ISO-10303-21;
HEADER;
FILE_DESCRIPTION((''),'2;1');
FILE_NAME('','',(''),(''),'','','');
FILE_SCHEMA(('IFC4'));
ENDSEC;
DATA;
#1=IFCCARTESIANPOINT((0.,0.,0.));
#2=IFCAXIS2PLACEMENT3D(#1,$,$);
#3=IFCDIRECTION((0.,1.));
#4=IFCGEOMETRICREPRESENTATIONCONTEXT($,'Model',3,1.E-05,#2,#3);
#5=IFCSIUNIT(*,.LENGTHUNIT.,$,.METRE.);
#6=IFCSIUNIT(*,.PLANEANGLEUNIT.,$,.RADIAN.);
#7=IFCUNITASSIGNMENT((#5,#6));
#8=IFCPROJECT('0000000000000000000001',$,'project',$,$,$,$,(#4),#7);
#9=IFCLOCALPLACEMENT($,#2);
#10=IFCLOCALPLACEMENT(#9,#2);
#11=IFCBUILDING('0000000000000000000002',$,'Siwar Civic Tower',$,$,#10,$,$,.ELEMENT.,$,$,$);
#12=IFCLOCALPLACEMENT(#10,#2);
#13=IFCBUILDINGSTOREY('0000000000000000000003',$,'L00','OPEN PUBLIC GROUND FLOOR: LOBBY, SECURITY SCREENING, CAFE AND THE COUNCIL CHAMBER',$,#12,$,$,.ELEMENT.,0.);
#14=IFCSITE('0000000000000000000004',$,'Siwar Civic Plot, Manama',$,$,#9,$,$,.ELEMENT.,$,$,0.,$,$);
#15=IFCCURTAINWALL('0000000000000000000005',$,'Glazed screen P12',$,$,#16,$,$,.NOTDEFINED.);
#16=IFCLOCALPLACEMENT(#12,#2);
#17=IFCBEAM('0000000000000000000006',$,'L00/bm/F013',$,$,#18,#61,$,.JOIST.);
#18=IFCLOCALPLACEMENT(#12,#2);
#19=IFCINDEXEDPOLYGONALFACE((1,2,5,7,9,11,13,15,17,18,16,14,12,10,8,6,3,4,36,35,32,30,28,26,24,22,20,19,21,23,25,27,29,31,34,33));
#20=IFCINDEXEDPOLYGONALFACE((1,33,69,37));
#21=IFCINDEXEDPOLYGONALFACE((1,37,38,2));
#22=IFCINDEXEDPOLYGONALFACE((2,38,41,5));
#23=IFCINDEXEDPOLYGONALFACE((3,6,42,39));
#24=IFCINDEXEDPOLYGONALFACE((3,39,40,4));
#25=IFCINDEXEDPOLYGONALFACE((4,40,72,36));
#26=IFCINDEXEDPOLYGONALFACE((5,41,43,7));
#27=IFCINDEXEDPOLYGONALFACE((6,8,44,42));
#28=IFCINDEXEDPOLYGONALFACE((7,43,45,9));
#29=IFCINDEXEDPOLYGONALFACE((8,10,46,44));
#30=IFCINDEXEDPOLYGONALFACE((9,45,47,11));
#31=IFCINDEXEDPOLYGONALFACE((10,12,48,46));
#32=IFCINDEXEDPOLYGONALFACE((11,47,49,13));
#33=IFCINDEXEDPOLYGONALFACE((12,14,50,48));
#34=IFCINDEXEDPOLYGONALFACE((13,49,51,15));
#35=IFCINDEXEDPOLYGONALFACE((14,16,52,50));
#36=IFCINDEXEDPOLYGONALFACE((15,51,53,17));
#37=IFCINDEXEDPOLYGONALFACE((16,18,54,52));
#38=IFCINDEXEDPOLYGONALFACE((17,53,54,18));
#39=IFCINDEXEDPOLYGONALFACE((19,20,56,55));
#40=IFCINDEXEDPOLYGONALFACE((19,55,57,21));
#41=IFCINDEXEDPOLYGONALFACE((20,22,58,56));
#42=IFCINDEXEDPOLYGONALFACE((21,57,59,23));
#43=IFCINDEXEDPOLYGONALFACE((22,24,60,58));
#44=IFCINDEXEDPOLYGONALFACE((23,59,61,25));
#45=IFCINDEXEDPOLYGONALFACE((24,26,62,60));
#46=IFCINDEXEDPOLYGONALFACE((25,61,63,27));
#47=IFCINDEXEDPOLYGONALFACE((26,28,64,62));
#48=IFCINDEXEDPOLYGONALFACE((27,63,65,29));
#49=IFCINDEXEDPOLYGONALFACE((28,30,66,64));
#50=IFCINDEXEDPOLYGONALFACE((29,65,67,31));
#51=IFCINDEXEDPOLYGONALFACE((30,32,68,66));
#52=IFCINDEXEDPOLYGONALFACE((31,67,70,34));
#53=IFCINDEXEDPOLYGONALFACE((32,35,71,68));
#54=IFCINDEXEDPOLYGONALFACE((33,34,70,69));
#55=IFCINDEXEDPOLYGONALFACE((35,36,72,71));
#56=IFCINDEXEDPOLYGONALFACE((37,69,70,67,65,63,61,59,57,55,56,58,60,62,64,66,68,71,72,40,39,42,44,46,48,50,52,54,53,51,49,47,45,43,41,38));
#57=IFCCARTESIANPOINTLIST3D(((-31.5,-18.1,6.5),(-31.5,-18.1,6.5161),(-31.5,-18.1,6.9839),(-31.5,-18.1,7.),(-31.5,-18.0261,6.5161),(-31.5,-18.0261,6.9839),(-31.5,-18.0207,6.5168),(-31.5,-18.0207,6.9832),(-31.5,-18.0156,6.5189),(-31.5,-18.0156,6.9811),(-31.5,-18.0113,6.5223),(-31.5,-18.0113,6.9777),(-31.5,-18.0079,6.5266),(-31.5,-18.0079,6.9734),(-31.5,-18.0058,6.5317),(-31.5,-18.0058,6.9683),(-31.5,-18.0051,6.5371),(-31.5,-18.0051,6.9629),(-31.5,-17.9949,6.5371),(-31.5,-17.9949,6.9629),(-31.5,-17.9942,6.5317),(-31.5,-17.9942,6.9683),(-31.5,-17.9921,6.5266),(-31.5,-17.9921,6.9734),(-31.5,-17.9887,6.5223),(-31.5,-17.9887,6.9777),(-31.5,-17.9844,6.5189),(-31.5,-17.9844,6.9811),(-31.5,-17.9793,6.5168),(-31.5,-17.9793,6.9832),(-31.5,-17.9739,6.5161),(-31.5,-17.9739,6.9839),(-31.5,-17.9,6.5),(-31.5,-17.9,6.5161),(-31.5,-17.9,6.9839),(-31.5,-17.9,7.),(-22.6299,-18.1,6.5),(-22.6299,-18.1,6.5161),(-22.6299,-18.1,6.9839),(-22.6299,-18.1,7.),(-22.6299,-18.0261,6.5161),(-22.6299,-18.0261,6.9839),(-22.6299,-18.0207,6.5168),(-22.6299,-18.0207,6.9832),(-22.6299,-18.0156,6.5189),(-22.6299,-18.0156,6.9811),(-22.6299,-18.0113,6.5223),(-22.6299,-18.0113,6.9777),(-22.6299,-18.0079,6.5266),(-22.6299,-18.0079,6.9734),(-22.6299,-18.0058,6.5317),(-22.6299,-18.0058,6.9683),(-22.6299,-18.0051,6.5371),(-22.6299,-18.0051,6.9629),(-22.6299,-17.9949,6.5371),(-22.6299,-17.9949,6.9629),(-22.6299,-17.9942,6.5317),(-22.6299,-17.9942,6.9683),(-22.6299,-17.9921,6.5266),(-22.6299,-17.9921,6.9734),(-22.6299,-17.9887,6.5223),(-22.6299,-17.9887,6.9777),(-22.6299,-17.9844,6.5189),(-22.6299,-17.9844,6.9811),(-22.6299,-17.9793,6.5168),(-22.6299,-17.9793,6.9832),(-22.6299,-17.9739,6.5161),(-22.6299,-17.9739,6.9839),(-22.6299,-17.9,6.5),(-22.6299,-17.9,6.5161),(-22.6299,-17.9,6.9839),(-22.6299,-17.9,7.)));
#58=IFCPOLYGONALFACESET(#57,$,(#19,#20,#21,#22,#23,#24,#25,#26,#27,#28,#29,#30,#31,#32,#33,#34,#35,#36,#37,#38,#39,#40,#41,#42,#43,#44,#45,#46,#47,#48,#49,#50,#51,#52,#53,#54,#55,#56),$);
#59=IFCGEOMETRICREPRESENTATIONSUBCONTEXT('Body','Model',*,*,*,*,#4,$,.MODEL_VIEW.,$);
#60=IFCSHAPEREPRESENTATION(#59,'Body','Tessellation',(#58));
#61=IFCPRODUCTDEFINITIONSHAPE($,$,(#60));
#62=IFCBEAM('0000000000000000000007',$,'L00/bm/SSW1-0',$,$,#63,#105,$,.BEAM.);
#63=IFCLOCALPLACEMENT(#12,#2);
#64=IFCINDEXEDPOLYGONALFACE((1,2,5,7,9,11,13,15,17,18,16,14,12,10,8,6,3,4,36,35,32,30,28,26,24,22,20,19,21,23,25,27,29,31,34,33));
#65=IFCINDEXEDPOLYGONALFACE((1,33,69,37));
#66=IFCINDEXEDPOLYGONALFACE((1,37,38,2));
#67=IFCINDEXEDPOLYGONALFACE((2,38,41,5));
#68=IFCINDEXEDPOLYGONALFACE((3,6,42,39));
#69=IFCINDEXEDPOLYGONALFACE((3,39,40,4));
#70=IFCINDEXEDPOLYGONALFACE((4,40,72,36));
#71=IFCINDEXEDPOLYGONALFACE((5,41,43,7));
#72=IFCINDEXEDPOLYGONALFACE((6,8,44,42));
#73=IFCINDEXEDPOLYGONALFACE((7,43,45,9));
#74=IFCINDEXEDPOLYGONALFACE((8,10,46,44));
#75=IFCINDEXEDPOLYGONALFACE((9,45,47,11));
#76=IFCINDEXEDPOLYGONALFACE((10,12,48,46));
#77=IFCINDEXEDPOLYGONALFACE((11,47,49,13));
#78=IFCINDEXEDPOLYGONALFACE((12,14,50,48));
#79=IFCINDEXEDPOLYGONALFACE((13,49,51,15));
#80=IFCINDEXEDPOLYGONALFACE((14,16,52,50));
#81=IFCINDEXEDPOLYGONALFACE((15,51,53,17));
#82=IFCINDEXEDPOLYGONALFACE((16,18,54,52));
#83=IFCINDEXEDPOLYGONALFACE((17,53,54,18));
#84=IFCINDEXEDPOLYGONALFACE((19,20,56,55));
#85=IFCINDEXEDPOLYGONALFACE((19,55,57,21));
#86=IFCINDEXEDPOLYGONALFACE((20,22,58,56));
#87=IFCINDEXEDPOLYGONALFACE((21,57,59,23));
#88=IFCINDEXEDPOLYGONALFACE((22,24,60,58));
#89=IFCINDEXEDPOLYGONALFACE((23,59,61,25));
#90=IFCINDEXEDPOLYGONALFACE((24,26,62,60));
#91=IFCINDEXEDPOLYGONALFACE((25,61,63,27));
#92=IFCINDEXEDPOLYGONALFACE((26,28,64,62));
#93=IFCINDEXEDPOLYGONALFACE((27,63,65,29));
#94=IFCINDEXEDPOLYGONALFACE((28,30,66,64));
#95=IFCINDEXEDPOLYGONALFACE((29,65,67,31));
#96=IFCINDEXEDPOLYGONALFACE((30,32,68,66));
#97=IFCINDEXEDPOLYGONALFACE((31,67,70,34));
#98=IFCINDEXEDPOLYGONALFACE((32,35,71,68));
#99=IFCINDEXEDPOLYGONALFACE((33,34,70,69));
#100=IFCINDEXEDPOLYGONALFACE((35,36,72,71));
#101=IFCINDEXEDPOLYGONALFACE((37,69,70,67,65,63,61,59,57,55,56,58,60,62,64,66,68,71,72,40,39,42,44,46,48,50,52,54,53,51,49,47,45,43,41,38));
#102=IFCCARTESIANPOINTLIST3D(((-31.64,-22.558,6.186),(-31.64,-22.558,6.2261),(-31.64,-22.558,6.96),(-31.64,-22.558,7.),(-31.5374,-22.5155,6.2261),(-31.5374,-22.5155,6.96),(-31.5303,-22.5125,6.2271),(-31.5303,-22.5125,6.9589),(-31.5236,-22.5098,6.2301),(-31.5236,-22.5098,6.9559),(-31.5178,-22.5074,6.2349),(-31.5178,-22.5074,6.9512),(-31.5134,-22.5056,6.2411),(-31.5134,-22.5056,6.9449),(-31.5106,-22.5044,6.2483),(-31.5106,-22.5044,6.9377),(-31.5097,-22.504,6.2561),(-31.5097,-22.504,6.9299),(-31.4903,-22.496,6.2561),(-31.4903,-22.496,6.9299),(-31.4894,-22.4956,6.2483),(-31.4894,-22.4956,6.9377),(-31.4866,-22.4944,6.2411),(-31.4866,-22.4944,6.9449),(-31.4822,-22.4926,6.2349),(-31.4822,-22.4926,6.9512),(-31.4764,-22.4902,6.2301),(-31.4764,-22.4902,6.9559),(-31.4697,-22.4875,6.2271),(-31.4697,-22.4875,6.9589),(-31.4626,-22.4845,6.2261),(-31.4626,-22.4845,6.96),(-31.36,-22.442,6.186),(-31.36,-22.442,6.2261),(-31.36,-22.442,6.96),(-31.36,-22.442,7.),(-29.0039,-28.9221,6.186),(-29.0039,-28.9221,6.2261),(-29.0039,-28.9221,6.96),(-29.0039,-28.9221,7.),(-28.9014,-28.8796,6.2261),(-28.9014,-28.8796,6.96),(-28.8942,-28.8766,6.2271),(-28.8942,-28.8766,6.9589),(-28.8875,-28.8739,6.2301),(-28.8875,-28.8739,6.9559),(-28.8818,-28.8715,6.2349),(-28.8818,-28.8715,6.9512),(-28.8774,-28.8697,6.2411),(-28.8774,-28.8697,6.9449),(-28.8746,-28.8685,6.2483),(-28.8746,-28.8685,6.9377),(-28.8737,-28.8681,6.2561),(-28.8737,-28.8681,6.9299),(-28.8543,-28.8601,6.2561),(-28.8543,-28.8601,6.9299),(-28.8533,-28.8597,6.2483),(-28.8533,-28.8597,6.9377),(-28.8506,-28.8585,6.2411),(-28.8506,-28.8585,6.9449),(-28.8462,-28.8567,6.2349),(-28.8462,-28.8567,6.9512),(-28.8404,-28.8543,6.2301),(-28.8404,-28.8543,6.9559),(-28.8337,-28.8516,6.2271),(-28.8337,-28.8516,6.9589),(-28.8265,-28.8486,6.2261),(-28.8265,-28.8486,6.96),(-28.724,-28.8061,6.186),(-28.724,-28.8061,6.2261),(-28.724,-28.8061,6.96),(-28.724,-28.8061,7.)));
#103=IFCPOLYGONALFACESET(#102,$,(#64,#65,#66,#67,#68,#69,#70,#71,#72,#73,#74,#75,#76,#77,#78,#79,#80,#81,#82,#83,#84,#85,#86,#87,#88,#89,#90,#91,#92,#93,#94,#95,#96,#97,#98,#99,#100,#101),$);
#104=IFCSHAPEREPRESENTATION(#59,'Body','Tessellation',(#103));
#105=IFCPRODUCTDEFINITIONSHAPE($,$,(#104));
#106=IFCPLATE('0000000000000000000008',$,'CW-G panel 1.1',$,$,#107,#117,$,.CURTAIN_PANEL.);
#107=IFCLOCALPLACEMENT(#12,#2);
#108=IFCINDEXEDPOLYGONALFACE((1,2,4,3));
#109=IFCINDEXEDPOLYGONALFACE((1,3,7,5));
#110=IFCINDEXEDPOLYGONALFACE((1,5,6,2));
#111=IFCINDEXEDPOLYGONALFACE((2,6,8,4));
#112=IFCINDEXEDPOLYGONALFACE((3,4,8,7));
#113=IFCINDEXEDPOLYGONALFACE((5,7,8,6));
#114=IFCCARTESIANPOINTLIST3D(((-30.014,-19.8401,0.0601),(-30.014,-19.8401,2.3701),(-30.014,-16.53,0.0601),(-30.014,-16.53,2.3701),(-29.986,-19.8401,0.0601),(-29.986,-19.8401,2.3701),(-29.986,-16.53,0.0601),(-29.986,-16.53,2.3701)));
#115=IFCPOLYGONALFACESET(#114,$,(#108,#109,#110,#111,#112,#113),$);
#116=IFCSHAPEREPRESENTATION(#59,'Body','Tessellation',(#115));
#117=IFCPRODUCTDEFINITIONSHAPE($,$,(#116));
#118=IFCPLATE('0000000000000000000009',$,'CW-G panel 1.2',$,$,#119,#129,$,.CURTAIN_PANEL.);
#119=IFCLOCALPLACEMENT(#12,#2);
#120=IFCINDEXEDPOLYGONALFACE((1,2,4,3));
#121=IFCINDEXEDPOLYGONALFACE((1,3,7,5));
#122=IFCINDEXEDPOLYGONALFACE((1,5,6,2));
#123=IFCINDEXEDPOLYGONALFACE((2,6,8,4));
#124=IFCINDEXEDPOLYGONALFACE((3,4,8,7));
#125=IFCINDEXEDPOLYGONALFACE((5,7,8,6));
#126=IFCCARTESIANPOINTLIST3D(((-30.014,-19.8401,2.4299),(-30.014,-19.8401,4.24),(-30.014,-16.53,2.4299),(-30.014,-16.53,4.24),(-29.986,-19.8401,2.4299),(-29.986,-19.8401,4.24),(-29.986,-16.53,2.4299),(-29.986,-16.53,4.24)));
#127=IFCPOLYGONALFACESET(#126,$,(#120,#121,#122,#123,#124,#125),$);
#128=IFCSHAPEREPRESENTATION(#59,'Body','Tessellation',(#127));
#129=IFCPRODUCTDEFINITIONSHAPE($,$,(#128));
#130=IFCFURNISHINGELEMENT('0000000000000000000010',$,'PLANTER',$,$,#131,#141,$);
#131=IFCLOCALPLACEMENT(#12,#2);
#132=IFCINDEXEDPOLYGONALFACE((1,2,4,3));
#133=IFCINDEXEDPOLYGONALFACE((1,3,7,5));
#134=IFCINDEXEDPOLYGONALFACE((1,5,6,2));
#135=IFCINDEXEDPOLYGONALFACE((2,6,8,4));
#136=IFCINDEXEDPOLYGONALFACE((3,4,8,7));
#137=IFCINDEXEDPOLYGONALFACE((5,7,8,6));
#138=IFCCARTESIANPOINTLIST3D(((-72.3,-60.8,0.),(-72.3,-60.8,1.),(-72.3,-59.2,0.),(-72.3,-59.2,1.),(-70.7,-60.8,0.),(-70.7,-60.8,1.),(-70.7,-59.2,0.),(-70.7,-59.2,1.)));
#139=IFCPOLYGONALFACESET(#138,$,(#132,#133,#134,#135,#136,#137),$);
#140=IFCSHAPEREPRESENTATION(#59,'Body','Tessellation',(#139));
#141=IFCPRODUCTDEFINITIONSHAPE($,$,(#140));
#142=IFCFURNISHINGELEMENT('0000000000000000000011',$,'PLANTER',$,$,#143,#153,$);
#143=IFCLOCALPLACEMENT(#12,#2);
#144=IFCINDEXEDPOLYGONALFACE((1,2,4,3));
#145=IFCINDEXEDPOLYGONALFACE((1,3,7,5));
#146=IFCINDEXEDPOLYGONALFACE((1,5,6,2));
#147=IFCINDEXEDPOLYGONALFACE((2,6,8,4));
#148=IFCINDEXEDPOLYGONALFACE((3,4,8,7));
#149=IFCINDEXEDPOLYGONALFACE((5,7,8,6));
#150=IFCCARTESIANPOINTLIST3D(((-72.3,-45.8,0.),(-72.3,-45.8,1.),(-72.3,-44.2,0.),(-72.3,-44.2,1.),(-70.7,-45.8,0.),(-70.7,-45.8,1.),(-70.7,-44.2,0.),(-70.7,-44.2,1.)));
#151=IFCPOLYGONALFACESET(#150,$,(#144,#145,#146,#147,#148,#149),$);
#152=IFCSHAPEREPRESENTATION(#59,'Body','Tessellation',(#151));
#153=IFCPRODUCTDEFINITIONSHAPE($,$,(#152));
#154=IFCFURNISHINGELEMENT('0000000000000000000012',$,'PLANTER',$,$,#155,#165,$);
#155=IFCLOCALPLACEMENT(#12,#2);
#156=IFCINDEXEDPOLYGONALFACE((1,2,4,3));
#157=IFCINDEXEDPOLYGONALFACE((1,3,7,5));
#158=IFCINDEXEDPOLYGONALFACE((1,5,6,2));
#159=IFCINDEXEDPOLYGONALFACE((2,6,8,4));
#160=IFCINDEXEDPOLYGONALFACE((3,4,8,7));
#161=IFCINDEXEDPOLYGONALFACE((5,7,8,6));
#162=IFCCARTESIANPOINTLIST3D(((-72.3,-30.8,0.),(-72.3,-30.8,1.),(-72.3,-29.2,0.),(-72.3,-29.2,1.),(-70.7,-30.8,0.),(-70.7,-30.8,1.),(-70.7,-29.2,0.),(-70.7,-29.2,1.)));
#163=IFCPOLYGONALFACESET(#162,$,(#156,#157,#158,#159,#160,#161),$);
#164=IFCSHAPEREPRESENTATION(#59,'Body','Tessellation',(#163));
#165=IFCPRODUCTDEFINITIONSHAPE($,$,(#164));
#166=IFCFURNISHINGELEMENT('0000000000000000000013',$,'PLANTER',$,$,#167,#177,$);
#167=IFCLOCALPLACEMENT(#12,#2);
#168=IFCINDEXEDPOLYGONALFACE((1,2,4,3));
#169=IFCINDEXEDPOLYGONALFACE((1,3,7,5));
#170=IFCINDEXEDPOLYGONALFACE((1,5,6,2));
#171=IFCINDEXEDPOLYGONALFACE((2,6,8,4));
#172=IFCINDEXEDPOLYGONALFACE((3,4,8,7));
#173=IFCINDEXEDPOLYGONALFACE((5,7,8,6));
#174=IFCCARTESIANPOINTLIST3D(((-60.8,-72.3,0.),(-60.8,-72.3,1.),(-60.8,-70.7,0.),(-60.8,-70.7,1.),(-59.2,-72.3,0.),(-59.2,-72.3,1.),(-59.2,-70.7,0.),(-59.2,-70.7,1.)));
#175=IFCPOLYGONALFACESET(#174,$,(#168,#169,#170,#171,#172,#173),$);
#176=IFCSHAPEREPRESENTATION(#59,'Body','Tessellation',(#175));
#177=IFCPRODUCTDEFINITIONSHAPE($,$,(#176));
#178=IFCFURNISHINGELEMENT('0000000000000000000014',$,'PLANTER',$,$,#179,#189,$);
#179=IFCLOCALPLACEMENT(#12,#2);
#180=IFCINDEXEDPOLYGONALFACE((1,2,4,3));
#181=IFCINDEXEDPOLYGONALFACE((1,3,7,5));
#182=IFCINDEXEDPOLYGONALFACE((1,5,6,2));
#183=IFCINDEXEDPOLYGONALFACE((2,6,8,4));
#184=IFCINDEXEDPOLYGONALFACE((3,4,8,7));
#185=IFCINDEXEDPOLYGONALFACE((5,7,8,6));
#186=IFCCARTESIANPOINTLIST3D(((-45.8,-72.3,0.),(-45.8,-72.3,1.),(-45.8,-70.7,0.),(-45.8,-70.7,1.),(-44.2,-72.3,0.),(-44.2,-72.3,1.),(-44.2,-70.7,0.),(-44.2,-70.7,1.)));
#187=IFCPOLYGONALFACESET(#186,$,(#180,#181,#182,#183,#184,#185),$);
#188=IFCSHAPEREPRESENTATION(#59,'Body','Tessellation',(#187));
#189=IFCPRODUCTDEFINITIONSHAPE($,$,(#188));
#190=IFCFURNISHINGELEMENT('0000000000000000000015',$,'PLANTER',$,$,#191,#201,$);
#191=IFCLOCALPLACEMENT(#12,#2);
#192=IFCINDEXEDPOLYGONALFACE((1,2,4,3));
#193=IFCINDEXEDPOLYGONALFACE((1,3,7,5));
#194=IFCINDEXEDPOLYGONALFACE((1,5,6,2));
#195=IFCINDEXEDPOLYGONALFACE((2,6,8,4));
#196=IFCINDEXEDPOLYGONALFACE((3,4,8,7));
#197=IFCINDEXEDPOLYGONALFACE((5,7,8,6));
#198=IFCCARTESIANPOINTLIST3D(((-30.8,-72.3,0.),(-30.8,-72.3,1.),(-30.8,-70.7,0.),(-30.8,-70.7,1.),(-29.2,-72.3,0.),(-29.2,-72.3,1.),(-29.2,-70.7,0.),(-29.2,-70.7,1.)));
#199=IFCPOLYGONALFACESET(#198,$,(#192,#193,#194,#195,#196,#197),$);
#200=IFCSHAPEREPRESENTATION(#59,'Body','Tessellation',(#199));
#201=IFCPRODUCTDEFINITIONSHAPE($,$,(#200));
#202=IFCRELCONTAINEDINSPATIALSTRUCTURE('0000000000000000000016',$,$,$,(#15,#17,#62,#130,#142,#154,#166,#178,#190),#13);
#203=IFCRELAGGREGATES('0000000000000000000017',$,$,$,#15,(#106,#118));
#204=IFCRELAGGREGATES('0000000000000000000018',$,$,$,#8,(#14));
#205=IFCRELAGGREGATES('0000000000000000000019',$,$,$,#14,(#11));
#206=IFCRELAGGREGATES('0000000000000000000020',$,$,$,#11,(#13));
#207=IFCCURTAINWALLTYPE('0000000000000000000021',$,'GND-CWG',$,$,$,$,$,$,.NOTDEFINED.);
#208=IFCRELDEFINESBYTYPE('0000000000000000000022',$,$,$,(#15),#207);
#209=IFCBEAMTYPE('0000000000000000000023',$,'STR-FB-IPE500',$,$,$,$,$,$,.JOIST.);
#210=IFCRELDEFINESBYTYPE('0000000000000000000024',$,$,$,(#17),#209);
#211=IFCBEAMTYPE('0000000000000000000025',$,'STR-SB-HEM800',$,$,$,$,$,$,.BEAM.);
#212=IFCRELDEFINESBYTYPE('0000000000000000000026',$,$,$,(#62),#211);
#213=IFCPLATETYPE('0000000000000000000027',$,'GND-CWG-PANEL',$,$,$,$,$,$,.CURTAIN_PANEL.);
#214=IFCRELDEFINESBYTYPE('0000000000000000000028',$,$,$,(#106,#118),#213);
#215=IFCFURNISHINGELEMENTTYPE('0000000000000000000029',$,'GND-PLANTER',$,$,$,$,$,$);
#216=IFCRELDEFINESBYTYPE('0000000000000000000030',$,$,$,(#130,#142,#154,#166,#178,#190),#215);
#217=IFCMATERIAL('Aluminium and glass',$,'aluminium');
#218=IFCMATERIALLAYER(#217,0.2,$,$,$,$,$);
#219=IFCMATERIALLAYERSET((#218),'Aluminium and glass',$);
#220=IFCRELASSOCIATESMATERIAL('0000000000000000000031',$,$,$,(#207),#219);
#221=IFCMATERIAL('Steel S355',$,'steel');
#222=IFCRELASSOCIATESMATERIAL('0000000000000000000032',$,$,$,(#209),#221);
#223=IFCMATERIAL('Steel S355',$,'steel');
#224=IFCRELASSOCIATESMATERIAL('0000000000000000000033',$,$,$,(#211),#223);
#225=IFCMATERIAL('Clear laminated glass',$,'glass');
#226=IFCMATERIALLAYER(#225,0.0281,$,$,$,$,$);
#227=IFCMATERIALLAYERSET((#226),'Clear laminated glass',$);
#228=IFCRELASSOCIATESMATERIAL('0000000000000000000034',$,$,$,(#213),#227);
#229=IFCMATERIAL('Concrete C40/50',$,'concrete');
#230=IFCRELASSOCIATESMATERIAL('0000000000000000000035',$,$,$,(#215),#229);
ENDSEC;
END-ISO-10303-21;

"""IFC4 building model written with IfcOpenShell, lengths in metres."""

from ifc_helpers import new_model, si_unit, direction, frame, origin, origin_2d, place, context, subcontext, project, spatial, rectangle, i_section, extrude, material, layer, layer_set, material_profile, profile_set, type_object, element, aggregate, save


model = new_model("IFC4")

# Units and contexts
model_context = context("Model", 3, precision=1e-05, world=origin(), true_north=direction((0.0, 1.0)))
body_context = subcontext(model_context, "Body", "Model", "MODEL_VIEW")
ifc_project = project(units=[si_unit("LENGTHUNIT", "METRE"), si_unit("PLANEANGLEUNIT", "RADIAN")], contexts=[model_context])

# Site, building, storey
site_placement = place(None, origin())
site = spatial("IfcSite", under=ifc_project, at=site_placement, Name="Siwar Civic Plot, Manama", CompositionType="ELEMENT", RefElevation=0.0)
building_placement = place(site_placement, origin())
building = spatial("IfcBuilding", under=site, at=building_placement, Name="Siwar Civic Tower", CompositionType="ELEMENT")
storey_placement = place(building_placement, origin())
storey = spatial("IfcBuildingStorey", under=building, at=storey_placement, Name="L00", Description="OPEN PUBLIC GROUND FLOOR: LOBBY, SECURITY SCREENING, CAFE AND THE COUNCIL CHAMBER", CompositionType="ELEMENT", Elevation=0.0)

# Curtain wall
ifc_material_1 = material(Name="Aluminium and glass", Category="aluminium")
ifc_layer_1 = layer(ifc_material_1, 0.2)
ifc_layer_set_1 = layer_set([ifc_layer_1], Name="Aluminium and glass")
curtain_wall_type = type_object("IfcCurtainWallType", Name="GND-CWG", PredefinedType="NOTDEFINED", material=ifc_layer_set_1)
curtain_wall_1_placement = place(storey_placement, origin())
curtain_wall_1 = element("IfcCurtainWall", 1, at=curtain_wall_1_placement, inside=storey, type_object=curtain_wall_type, Name="Glazed screen P12", PredefinedType="NOTDEFINED")

# Beams
ifc_material_2 = material(Name="Steel S355", Category="steel")
ifc_material_profile_1 = material_profile(ifc_material_2, i_section(OverallWidth=0.2, OverallDepth=0.5, WebThickness=0.0103, FlangeThickness=0.0161, FilletRadius=0.021, at=origin_2d()), Name="IPE500")
ifc_profile_set_1 = profile_set([ifc_material_profile_1], Name="Steel S355")
beam_type_1 = type_object("IfcBeamType", Name="STR-FB-IPE500", PredefinedType="JOIST", material=ifc_profile_set_1)
beam_1_placement = place(storey_placement, frame((-31.5, -18.0, 6.75), z_axis=(1.0, 0.0, 0.0), x_axis=(0.0, 1.0, 0.0)))
element("IfcBeam", 2, at=beam_1_placement, inside=storey, type_object=beam_type_1, Name="L00/bm/F013", PredefinedType="JOIST", context=body_context, shape_type="SweptSolid", body=[
    extrude(i_section(OverallWidth=0.2, OverallDepth=0.5, WebThickness=0.0103, FlangeThickness=0.0161, FilletRadius=0.021, at=origin_2d()), origin(), (0.0, 0.0, 1.0), 8.8701),
])
ifc_material_3 = material(Name="Steel S355", Category="steel")
ifc_material_profile_2 = material_profile(ifc_material_3, i_section(OverallWidth=0.303, OverallDepth=0.814, WebThickness=0.021, FlangeThickness=0.04, FilletRadius=0.03, at=origin_2d()), Name="HEM800")
ifc_profile_set_2 = profile_set([ifc_material_profile_2], Name="Steel S355")
beam_type_2 = type_object("IfcBeamType", Name="STR-SB-HEM800", PredefinedType="BEAM", material=ifc_profile_set_2)
beam_2_placement = place(storey_placement, frame((-31.5, -22.5, 6.593), z_axis=(0.382674, -0.923883, 0.0), x_axis=(0.923883, 0.382674, 0.0)))
element("IfcBeam", 3, at=beam_2_placement, inside=storey, type_object=beam_type_2, Name="L00/bm/SSW1-0", PredefinedType="BEAM", context=body_context, shape_type="SweptSolid", body=[
    extrude(i_section(OverallWidth=0.303, OverallDepth=0.814, WebThickness=0.021, FlangeThickness=0.04, FilletRadius=0.03, at=origin_2d()), origin(), (0.0, 0.0, 1.0), 6.8884),
])

# Plates
ifc_material_4 = material(Name="Clear laminated glass", Category="glass")
ifc_layer_2 = layer(ifc_material_4, 0.0281)
ifc_layer_set_2 = layer_set([ifc_layer_2], Name="Clear laminated glass")
plate_type = type_object("IfcPlateType", Name="GND-CWG-PANEL", PredefinedType="CURTAIN_PANEL", material=ifc_layer_set_2)
plate_1_placement = place(storey_placement, frame((-30.0, -18.1851, 0.0601), z_axis=(0.0, 0.0, 1.0), x_axis=(0.0, 1.0, 0.0)))
plate_1 = element("IfcPlate", 4, at=plate_1_placement, type_object=plate_type, Name="CW-G panel 1.1", PredefinedType="CURTAIN_PANEL", context=body_context, shape_type="SweptSolid", body=[
    extrude(rectangle(XDim=3.3101, YDim=0.0281, at=origin_2d()), origin(), (0.0, 0.0, 1.0), 2.3101),
])
plate_2_placement = place(storey_placement, frame((-30.0, -18.1851, 2.4299), z_axis=(0.0, 0.0, 1.0), x_axis=(0.0, 1.0, 0.0)))
plate_2 = element("IfcPlate", 5, at=plate_2_placement, type_object=plate_type, Name="CW-G panel 1.2", PredefinedType="CURTAIN_PANEL", context=body_context, shape_type="SweptSolid", body=[
    extrude(rectangle(XDim=3.3101, YDim=0.0281, at=origin_2d()), origin(), (0.0, 0.0, 1.0), 1.8101),
])
aggregate(curtain_wall_1, [plate_1, plate_2])

# Furnishing elements
ifc_material_5 = material(Name="Concrete C40/50", Category="concrete")
furnishing_element_type_1 = type_object("IfcFurnishingElementType", Name="GND-PLANTER", material=ifc_material_5)
for number, where, z_axis, x_axis, name in (
    (6, (-71.5, -60.0, 0.0), (0.0, 0.0, 1.0), (1.0, 0.0, 0.0), "PLANTER"),
    (7, (-71.5, -45.0, 0.0), (0.0, 0.0, 1.0), (1.0, 0.0, 0.0), "PLANTER"),
    (8, (-71.5, -30.0, 0.0), (0.0, 0.0, 1.0), (1.0, 0.0, 0.0), "PLANTER"),
    (9, (-60.0, -71.5, 0.0), (0.0, 0.0, 1.0), (1.0, 0.0, 0.0), "PLANTER"),
    (10, (-45.0, -71.5, 0.0), (0.0, 0.0, 1.0), (1.0, 0.0, 0.0), "PLANTER"),
    (11, (-30.0, -71.5, 0.0), (0.0, 0.0, 1.0), (1.0, 0.0, 0.0), "PLANTER"),
):
    element("IfcFurnishingElement", number, at=place(storey_placement, frame(where, z_axis=z_axis, x_axis=x_axis)), inside=storey, type_object=furnishing_element_type_1, Name=name, context=body_context, shape_type="SweptSolid", body=[
        extrude(rectangle(XDim=1.6001, YDim=1.6001, at=origin_2d()), origin(), (0.0, 0.0, 1.0), 1.0),
    ])

save(model, "model.ifc")
